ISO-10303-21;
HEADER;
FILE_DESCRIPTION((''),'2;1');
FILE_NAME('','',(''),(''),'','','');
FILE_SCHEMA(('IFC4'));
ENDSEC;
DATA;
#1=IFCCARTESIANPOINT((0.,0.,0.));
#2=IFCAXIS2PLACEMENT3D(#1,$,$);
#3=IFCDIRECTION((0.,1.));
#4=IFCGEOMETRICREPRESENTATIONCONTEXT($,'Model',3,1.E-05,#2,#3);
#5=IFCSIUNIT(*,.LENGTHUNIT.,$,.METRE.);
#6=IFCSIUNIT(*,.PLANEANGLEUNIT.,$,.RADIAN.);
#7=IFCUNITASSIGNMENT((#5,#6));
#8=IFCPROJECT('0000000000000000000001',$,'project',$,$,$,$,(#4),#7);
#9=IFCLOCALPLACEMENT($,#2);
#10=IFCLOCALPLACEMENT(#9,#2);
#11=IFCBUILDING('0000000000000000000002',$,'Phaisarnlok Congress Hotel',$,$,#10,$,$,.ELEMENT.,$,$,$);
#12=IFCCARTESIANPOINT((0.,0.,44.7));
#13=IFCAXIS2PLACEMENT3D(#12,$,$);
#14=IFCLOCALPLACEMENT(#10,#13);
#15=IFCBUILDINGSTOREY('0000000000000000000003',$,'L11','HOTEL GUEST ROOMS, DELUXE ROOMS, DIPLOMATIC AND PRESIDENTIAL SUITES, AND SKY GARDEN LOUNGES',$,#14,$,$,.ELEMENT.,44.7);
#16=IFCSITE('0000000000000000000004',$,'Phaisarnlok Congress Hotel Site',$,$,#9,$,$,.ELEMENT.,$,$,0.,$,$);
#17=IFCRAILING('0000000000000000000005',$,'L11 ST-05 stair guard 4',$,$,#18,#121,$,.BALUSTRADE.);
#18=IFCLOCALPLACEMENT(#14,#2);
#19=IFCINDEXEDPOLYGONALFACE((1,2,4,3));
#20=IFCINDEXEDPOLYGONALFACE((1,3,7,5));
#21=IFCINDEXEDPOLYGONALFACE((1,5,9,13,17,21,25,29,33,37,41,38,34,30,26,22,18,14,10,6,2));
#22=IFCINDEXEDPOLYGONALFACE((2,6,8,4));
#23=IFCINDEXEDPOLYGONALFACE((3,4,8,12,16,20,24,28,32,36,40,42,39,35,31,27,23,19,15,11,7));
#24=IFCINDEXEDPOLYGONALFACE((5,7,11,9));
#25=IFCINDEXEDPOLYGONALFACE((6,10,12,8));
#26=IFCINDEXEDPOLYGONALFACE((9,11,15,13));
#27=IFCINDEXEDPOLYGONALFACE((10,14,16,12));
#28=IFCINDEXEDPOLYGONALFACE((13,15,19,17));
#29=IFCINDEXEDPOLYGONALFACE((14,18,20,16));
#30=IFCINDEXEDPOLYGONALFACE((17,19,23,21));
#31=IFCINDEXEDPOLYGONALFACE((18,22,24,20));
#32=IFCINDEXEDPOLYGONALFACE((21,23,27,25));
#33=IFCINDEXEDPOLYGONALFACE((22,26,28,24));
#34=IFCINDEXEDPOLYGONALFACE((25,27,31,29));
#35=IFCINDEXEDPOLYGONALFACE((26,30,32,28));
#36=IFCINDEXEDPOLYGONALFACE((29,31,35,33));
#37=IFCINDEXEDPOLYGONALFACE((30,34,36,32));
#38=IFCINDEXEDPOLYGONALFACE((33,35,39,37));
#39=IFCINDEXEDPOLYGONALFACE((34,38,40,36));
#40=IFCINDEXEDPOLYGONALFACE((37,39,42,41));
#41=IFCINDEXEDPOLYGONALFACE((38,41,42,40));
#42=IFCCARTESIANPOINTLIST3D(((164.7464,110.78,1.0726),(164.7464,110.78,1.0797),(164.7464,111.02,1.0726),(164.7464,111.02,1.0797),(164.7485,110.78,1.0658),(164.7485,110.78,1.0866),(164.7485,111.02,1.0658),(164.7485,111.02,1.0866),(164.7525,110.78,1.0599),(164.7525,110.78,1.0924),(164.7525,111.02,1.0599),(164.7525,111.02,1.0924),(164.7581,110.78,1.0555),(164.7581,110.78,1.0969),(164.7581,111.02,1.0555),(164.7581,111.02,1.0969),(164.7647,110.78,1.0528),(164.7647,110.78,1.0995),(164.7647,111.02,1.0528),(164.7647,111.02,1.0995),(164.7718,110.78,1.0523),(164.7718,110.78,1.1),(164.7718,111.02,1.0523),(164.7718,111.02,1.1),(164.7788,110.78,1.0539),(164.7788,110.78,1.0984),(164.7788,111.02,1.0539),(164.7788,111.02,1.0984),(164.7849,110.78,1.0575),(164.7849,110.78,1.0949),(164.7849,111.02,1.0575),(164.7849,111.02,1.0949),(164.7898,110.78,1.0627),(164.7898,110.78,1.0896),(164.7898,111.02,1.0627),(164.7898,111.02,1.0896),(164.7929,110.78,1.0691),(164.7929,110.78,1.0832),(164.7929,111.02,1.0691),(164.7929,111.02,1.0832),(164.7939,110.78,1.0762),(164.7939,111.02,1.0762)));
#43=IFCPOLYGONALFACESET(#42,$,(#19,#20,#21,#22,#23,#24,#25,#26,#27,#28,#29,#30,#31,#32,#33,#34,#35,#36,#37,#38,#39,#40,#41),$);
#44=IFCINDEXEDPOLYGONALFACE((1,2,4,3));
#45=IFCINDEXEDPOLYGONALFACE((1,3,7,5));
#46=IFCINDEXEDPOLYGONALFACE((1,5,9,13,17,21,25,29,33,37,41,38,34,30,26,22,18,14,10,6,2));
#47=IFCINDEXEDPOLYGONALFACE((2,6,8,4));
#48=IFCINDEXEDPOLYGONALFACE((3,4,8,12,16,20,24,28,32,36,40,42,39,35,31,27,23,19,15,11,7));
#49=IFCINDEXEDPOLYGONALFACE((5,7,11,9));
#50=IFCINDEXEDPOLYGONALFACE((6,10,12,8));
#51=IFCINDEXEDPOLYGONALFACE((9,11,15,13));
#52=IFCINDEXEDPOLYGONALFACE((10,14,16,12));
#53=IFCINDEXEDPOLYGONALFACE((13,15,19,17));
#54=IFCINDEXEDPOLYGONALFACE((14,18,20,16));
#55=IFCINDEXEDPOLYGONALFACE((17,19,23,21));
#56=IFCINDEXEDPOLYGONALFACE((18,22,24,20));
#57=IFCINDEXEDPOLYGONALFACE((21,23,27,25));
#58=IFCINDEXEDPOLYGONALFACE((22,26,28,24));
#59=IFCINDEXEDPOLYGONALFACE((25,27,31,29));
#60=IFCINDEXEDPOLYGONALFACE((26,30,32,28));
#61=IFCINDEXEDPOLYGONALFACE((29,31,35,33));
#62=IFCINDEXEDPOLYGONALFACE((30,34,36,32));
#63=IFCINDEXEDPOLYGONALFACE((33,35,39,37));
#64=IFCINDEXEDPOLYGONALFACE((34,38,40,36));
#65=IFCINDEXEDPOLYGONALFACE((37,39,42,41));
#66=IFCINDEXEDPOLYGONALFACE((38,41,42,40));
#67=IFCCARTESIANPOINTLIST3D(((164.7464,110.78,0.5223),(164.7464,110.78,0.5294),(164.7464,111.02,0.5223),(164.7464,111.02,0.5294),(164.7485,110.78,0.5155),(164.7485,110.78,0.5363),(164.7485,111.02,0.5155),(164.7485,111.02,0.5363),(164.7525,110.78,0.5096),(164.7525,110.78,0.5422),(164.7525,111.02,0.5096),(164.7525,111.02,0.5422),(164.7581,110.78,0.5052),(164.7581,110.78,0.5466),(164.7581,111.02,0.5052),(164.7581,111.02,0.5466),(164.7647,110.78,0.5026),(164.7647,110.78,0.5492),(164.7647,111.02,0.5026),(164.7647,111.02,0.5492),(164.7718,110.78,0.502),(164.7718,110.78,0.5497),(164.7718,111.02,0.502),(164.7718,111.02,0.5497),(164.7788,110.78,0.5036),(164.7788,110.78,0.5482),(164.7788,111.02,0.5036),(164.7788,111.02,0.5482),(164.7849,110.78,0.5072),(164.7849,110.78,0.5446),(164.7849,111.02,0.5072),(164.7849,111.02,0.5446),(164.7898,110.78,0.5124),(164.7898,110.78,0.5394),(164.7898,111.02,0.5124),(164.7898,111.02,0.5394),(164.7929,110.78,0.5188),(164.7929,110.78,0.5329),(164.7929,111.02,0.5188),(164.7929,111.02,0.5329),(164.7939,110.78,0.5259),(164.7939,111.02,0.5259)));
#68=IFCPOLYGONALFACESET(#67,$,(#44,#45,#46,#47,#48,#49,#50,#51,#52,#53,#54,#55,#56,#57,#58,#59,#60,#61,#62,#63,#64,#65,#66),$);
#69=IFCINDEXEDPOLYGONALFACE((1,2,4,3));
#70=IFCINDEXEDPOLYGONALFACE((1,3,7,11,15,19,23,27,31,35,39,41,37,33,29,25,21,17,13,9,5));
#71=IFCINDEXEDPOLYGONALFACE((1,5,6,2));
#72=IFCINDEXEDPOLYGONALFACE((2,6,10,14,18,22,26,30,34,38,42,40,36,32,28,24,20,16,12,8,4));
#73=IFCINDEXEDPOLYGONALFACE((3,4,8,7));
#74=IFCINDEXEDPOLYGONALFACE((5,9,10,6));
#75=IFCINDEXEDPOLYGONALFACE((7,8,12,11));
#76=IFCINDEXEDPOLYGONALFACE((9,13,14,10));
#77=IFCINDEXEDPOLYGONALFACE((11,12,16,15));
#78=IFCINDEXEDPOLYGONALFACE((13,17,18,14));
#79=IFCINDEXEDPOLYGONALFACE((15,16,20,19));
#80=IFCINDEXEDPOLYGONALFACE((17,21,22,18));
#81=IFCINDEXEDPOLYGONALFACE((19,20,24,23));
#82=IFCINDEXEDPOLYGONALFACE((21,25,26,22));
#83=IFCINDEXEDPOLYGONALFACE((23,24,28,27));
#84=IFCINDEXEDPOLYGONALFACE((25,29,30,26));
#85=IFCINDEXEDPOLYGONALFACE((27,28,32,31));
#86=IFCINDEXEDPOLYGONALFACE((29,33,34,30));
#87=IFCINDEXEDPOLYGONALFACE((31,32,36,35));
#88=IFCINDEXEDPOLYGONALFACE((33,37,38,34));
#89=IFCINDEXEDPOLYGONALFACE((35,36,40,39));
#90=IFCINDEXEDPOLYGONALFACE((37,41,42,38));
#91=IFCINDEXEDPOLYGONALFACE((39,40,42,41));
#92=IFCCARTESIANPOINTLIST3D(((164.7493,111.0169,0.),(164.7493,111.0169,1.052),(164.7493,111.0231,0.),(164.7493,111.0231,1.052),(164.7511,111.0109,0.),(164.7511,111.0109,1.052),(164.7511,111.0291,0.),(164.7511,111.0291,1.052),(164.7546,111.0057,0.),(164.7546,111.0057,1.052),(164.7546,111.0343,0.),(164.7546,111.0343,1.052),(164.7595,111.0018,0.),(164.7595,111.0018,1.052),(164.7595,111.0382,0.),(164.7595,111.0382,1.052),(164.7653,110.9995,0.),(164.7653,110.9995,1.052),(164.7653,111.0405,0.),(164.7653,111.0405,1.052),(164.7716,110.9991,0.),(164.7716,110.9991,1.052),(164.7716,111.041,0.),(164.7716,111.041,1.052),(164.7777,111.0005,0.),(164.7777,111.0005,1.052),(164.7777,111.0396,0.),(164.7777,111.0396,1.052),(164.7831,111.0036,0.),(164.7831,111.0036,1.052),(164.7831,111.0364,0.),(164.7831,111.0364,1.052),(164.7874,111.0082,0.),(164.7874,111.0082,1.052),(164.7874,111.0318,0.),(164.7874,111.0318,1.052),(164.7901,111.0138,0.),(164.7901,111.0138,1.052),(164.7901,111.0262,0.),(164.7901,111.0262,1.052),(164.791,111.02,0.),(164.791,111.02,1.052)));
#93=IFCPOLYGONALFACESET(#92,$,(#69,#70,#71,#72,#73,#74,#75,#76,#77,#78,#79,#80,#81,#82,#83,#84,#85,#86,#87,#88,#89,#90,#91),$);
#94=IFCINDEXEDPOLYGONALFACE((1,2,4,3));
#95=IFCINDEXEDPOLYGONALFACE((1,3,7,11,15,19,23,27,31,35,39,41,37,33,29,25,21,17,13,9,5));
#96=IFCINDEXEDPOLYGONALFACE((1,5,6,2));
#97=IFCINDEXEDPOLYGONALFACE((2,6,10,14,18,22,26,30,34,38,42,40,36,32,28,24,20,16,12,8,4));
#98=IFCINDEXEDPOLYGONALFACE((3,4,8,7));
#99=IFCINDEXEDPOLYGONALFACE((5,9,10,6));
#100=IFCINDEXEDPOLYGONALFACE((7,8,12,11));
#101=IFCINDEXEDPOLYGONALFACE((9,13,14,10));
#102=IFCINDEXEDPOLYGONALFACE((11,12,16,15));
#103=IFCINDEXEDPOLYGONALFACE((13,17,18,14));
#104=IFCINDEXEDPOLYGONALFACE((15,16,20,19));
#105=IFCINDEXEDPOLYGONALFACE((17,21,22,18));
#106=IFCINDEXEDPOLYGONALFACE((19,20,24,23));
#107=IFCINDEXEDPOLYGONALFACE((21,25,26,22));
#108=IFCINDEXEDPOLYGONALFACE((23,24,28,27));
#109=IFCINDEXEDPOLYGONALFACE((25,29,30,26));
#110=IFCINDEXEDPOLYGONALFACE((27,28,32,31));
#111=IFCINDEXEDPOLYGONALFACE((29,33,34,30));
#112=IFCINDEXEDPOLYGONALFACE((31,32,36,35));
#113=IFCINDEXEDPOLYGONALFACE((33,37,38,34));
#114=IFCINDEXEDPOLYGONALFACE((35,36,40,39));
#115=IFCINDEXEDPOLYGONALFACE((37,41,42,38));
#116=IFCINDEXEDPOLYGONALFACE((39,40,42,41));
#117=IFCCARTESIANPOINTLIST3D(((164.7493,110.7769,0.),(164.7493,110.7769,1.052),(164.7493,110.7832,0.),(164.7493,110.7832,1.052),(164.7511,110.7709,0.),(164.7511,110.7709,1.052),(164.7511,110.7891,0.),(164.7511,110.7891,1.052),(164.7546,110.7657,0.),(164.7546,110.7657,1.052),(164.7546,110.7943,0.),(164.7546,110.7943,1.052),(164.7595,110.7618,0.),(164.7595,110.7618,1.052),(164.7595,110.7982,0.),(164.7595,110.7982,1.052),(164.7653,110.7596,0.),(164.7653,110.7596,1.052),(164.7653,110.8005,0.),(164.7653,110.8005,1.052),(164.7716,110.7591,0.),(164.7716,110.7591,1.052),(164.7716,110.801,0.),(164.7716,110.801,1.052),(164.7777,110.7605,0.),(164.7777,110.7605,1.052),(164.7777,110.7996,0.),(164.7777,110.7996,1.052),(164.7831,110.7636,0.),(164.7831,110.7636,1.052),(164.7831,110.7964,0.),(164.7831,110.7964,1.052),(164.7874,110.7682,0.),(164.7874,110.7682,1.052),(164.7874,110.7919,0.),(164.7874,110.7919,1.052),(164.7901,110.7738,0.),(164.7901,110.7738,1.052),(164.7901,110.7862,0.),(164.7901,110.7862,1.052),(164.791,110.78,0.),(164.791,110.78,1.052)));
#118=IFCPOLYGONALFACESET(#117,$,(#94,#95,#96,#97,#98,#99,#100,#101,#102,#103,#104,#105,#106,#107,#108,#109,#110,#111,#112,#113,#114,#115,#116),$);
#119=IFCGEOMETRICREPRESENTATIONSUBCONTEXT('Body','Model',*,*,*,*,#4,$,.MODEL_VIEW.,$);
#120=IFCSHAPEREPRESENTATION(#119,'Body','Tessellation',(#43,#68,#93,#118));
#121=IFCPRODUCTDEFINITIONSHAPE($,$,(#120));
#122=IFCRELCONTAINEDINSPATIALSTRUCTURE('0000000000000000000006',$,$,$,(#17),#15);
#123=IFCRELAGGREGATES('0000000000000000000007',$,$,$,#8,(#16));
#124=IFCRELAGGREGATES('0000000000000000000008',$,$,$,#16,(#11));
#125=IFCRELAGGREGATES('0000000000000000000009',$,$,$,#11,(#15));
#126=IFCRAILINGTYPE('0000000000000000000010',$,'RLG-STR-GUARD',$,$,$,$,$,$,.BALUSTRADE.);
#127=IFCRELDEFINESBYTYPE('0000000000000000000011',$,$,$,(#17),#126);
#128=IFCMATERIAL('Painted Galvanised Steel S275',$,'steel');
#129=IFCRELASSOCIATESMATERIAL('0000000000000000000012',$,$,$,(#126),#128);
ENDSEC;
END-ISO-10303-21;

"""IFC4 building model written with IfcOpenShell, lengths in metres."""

from ifc_helpers import new_model, si_unit, direction, frame, origin, origin_2d, place, context, subcontext, project, spatial, circle, extrude, material, type_object, element, save


model = new_model("IFC4")

# Units and contexts
model_context = context("Model", 3, precision=1e-05, world=origin(), true_north=direction((0.0, 1.0)))
body_context = subcontext(model_context, "Body", "Model", "MODEL_VIEW")
ifc_project = project(units=[si_unit("LENGTHUNIT", "METRE"), si_unit("PLANEANGLEUNIT", "RADIAN")], contexts=[model_context])

# Site, building, storey
site_placement = place(None, origin())
site = spatial("IfcSite", under=ifc_project, at=site_placement, Name="Phaisarnlok Congress Hotel Site", CompositionType="ELEMENT", RefElevation=0.0)
building_placement = place(site_placement, origin())
building = spatial("IfcBuilding", under=site, at=building_placement, Name="Phaisarnlok Congress Hotel", CompositionType="ELEMENT")
storey_placement = place(building_placement, frame((0.0, 0.0, 44.7)))
storey = spatial("IfcBuildingStorey", under=building, at=storey_placement, Name="L11", Description="HOTEL GUEST ROOMS, DELUXE ROOMS, DIPLOMATIC AND PRESIDENTIAL SUITES, AND SKY GARDEN LOUNGES", CompositionType="ELEMENT", Elevation=44.7)

# Railing
ifc_material_1 = material(Name="Painted Galvanised Steel S275", Category="steel")
railing_type_1 = type_object("IfcRailingType", Name="RLG-STR-GUARD", PredefinedType="BALUSTRADE", material=ifc_material_1)
railing_1_placement = place(storey_placement, frame((164.77, 111.02, 0.0)))
element("IfcRailing", 1, at=railing_1_placement, inside=storey, type_object=railing_type_1, Name="L11 ST-05 stair guard 4", PredefinedType="BALUSTRADE", context=body_context, shape_type="SweptSolid", body=[
    extrude(circle(Radius=0.0239, at=origin_2d()), frame((0.0, 0.0, 1.0762), z_axis=(0.0, -1.0, 0.0), x_axis=(1.0, 0.0, 0.0)), (0.0, 0.0, 1.0), 0.24),
    extrude(circle(Radius=0.0239, at=origin_2d()), frame((0.0, 0.0, 0.5259), z_axis=(0.0, -1.0, 0.0), x_axis=(1.0, 0.0, 0.0)), (0.0, 0.0, 1.0), 0.24),
    extrude(circle(Radius=0.021, at=origin_2d()), origin(), (0.0, 0.0, 1.0), 1.052),
    extrude(circle(Radius=0.021, at=origin_2d()), frame((0.0, -0.24, 0.0)), (0.0, 0.0, 1.0), 1.052),
])

save(model, "model.ifc")
